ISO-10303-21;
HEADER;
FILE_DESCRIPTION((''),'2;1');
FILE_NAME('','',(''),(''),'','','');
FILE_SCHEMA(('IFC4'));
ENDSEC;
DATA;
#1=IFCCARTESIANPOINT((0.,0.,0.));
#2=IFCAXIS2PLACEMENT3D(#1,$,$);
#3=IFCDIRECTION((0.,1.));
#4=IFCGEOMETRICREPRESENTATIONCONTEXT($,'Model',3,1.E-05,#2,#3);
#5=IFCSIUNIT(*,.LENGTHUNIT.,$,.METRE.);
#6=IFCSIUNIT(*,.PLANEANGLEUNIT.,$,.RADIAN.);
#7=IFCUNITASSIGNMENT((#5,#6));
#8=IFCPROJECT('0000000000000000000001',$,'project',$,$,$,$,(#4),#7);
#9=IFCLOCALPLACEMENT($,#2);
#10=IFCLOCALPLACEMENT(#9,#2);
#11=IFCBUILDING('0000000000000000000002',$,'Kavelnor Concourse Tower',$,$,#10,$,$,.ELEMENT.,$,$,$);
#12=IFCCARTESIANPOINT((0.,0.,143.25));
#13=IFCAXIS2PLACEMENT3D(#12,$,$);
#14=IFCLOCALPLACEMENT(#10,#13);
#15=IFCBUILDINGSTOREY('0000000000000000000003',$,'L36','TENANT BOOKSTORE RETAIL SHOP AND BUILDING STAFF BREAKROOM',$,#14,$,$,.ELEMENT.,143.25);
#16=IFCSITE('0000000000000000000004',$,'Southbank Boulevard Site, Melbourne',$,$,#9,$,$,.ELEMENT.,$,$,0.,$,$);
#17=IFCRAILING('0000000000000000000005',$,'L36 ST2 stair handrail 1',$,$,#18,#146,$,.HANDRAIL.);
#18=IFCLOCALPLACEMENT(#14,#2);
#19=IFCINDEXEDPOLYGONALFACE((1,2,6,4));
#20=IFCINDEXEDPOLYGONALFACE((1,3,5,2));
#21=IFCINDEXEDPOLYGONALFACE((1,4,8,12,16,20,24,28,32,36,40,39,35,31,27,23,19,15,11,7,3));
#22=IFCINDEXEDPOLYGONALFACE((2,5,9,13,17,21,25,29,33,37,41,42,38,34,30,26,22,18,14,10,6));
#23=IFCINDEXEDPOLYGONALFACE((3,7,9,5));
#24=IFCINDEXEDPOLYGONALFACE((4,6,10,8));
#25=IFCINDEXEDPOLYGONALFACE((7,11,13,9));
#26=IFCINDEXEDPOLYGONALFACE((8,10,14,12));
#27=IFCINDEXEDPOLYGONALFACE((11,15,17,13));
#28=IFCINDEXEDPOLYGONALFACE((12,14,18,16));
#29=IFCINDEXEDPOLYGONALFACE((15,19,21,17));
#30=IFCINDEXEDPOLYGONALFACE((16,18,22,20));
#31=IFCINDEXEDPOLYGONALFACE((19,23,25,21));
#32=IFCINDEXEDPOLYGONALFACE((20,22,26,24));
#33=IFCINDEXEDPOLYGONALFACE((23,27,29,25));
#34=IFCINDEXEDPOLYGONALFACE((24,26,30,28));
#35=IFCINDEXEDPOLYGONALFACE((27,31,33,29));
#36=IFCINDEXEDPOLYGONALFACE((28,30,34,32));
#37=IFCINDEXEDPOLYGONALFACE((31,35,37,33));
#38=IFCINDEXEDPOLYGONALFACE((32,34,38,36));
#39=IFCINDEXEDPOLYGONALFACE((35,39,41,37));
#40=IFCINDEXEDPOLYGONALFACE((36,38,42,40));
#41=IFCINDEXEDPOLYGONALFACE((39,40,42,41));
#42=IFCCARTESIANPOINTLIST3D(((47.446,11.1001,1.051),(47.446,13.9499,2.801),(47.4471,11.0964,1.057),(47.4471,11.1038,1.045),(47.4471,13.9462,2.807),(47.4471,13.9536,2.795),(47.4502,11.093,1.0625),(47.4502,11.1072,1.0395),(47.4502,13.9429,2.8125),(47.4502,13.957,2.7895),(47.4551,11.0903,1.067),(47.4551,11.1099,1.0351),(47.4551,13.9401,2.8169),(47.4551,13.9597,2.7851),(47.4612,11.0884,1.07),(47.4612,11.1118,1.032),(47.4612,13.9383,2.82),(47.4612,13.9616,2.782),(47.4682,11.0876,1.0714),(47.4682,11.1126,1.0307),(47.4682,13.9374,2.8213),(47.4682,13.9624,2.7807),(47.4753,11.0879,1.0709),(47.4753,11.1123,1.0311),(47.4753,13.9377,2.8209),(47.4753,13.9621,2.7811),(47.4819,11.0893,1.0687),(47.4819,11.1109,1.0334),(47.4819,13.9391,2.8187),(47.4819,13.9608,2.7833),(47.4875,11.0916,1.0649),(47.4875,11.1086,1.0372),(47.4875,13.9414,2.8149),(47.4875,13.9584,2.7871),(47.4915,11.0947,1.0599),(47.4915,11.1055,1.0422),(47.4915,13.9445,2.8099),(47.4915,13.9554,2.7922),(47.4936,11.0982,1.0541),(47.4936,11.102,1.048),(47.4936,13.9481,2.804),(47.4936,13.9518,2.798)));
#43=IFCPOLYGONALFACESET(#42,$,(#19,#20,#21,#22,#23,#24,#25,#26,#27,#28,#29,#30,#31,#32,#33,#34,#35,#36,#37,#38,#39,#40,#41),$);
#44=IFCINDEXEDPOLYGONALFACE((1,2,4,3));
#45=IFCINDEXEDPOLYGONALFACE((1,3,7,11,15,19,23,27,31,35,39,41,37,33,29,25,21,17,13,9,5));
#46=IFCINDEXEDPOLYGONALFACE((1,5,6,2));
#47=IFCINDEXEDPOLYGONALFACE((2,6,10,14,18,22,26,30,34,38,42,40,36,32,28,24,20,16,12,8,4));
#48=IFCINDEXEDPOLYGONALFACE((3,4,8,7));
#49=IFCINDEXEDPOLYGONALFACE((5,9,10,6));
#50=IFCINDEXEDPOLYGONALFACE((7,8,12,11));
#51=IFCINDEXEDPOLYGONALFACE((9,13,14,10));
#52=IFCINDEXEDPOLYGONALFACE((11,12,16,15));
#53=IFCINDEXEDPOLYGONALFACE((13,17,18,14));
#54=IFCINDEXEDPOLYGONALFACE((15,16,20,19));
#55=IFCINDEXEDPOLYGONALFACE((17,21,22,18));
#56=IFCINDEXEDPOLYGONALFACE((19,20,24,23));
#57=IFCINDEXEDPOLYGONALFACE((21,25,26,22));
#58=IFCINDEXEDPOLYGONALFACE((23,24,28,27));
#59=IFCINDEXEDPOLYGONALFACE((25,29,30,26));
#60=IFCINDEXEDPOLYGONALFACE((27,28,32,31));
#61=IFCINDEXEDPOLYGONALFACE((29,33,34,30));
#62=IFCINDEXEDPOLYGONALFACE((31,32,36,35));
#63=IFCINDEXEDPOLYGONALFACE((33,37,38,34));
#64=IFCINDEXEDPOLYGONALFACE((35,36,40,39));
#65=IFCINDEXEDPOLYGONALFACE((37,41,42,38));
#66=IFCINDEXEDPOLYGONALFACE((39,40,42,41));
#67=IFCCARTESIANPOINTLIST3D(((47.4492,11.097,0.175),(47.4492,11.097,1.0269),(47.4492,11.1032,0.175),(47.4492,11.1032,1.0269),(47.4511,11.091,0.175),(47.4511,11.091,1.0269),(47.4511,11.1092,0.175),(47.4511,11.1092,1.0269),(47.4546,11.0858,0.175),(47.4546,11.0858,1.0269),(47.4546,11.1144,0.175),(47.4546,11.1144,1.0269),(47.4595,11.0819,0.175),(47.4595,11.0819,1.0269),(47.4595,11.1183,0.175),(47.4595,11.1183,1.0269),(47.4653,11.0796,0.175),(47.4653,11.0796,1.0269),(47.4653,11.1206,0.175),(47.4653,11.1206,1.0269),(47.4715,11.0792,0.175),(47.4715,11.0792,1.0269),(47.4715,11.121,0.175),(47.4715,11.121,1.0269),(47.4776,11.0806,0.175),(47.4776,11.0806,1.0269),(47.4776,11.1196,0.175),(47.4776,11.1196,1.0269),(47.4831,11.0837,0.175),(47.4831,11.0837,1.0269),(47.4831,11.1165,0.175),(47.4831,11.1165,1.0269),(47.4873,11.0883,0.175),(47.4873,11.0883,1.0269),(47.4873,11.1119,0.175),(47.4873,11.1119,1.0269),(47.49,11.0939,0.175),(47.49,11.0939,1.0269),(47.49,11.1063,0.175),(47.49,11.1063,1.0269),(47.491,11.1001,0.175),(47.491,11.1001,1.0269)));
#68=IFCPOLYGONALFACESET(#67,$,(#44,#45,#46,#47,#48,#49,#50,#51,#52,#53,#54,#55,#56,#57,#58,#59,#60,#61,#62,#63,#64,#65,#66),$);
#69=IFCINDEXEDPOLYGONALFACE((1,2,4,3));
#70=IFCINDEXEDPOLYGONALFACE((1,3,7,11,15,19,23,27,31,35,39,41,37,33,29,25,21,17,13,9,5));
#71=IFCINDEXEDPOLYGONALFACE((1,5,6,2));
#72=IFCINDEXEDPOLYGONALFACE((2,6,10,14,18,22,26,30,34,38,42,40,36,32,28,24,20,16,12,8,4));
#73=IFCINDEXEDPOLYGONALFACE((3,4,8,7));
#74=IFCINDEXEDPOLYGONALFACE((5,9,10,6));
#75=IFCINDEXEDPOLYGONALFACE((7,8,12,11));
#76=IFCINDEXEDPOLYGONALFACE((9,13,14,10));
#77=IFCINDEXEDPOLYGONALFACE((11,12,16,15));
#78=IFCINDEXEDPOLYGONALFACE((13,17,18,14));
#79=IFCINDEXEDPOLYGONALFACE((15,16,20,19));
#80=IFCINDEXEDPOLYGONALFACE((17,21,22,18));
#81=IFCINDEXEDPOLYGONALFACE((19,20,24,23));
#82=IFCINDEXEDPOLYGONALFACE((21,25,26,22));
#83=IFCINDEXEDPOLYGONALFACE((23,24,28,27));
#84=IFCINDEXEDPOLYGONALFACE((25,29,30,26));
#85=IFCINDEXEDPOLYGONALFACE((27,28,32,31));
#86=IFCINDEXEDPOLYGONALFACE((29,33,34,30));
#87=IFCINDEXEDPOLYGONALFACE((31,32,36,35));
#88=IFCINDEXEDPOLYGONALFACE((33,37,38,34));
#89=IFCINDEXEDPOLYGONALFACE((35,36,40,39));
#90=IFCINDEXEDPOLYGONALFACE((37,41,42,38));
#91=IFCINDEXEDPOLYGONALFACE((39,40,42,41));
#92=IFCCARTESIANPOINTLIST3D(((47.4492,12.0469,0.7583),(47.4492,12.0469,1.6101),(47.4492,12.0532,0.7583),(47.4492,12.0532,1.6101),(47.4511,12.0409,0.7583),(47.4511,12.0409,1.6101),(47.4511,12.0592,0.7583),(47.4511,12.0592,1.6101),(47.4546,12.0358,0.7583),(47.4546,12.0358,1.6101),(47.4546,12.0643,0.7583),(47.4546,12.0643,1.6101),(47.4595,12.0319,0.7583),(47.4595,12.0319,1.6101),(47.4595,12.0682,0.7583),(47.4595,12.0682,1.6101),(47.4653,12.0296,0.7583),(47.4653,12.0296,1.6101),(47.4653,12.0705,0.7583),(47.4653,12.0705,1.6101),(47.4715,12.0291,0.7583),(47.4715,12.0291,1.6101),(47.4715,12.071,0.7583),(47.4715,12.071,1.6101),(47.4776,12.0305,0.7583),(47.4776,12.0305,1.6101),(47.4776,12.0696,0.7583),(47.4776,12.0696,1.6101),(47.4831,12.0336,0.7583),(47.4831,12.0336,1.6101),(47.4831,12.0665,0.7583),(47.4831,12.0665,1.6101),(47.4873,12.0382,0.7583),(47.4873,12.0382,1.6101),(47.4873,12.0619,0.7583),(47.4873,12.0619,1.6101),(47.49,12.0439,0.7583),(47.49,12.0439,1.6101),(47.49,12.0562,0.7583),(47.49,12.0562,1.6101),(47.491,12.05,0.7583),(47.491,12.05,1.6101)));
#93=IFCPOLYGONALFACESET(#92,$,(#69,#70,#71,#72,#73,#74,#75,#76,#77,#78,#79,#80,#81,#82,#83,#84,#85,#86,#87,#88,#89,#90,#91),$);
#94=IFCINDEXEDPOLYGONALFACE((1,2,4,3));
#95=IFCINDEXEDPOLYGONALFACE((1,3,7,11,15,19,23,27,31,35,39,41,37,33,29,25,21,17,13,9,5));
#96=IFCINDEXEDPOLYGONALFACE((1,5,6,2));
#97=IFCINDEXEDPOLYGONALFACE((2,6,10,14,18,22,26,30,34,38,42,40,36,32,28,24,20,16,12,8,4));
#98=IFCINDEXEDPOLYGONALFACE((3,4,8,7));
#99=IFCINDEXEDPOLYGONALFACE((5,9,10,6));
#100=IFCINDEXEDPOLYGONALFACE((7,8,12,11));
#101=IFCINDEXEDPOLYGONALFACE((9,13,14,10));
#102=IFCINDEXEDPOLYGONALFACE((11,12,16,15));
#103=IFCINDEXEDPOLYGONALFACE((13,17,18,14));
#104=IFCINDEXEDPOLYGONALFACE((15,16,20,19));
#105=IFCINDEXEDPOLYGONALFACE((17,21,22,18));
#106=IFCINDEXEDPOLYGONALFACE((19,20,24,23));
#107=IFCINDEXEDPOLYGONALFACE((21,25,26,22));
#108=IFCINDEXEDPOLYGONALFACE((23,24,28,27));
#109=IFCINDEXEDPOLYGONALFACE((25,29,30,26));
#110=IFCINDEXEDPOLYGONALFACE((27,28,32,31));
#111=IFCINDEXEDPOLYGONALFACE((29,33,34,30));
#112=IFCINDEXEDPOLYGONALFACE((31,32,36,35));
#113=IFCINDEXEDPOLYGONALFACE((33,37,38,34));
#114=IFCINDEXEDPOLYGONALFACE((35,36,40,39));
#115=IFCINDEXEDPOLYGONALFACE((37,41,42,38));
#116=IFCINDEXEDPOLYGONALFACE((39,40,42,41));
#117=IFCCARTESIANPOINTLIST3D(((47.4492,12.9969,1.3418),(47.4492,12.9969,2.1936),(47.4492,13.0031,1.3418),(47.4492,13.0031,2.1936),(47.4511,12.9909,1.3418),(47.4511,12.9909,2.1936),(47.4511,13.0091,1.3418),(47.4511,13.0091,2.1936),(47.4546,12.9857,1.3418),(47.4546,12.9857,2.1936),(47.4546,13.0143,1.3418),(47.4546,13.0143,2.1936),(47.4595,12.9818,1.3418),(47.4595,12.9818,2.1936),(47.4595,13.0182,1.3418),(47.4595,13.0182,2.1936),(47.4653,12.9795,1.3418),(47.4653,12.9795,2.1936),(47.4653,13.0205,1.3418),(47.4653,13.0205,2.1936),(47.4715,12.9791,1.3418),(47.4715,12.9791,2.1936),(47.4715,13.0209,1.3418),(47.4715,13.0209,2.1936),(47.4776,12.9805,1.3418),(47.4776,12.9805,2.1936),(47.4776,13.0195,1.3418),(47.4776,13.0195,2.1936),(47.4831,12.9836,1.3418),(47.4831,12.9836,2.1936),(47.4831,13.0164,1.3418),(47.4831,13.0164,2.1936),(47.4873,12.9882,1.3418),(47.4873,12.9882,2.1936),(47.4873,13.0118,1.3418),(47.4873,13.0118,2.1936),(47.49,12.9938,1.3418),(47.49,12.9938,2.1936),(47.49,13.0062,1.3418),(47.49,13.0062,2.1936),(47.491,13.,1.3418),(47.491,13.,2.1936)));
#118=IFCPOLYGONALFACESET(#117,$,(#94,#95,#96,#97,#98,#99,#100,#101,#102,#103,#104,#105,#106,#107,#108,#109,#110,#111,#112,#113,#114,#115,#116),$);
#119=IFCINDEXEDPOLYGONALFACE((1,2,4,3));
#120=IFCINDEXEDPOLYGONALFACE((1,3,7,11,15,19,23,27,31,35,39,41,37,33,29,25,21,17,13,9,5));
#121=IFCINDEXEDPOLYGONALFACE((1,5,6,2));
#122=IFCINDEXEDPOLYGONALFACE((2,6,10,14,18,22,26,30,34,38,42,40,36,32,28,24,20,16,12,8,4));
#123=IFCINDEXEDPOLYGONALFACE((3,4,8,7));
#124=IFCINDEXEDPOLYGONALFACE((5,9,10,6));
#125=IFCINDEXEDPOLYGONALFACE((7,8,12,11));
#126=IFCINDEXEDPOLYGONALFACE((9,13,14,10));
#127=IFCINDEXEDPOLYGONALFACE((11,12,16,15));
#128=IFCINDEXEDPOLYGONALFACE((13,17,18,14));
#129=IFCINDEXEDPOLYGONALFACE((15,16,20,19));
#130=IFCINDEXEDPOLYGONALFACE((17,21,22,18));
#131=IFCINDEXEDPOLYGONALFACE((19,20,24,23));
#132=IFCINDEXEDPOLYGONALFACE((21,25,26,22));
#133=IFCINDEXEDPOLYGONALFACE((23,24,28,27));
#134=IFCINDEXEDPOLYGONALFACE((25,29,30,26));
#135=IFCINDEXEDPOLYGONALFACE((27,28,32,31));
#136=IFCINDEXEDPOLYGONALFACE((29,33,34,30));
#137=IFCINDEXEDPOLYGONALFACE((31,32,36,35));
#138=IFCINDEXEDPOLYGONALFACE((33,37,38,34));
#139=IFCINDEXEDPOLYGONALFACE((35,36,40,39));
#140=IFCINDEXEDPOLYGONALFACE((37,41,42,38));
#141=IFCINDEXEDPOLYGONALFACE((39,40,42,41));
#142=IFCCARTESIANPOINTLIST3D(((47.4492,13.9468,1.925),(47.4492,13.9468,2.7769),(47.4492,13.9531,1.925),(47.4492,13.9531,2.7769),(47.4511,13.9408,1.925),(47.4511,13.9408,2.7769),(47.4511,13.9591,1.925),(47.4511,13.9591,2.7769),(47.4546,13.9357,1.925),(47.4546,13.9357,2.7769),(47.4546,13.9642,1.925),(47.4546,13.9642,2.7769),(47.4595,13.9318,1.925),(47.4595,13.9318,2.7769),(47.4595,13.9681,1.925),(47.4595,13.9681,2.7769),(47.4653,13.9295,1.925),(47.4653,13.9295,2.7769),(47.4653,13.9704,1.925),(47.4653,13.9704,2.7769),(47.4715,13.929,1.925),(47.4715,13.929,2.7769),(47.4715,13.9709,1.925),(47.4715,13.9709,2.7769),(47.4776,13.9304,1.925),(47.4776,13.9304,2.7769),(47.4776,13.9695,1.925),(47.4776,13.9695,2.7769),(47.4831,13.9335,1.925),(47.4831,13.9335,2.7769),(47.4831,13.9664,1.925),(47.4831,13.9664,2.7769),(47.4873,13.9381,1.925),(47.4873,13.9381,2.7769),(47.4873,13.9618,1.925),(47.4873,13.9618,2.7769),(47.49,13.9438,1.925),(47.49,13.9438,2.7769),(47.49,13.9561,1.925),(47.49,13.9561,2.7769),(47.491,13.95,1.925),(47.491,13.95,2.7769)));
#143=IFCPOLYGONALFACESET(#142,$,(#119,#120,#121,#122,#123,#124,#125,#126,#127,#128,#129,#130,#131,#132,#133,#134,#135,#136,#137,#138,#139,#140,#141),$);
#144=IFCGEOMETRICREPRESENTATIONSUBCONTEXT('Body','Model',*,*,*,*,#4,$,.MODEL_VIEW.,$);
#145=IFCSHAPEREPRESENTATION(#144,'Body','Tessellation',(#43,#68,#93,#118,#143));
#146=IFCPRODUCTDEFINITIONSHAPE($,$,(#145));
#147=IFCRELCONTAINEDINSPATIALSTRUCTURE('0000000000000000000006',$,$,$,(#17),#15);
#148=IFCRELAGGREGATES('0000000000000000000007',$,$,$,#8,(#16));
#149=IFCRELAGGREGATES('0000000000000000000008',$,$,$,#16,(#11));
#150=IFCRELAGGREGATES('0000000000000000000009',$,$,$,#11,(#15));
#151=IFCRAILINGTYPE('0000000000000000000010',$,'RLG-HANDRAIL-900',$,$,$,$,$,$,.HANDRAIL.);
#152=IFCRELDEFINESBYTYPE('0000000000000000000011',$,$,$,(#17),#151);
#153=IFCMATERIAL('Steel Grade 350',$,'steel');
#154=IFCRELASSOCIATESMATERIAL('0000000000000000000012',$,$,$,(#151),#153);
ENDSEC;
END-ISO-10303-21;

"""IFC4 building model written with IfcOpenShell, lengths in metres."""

from ifc_helpers import new_model, si_unit, direction, frame, origin, origin_2d, place, context, subcontext, project, spatial, circle, extrude, material, type_object, element, save


model = new_model("IFC4")

# Units and contexts
model_context = context("Model", 3, precision=1e-05, world=origin(), true_north=direction((0.0, 1.0)))
body_context = subcontext(model_context, "Body", "Model", "MODEL_VIEW")
ifc_project = project(units=[si_unit("LENGTHUNIT", "METRE"), si_unit("PLANEANGLEUNIT", "RADIAN")], contexts=[model_context])

# Site, building, storey
site_placement = place(None, origin())
site = spatial("IfcSite", under=ifc_project, at=site_placement, Name="Southbank Boulevard Site, Melbourne", CompositionType="ELEMENT", RefElevation=0.0)
building_placement = place(site_placement, origin())
building = spatial("IfcBuilding", under=site, at=building_placement, Name="Kavelnor Concourse Tower", CompositionType="ELEMENT")
storey_placement = place(building_placement, frame((0.0, 0.0, 143.25)))
storey = spatial("IfcBuildingStorey", under=building, at=storey_placement, Name="L36", Description="TENANT BOOKSTORE RETAIL SHOP AND BUILDING STAFF BREAKROOM", CompositionType="ELEMENT", Elevation=143.25)

# Shared definitions
ifc_material_1 = material(Name="Steel Grade 350", Category="steel")

# Railing
railing_type_1 = type_object("IfcRailingType", Name="RLG-HANDRAIL-900", PredefinedType="HANDRAIL", material=ifc_material_1)
railing_1_placement = place(storey_placement, frame((47.47, 11.1001, 0.175)))
element("IfcRailing", 1, at=railing_1_placement, inside=storey, type_object=railing_type_1, Name="L36 ST2 stair handrail 1", PredefinedType="HANDRAIL", context=body_context, shape_type="SweptSolid", body=[
    extrude(circle(Radius=0.0239, at=origin_2d()), frame((0.0, 0.0, 0.876), z_axis=(0.0, 0.852159, 0.523283), x_axis=(-1.0, 0.0, 0.0)), (0.0, 0.0, 1.0), 3.3442),
    extrude(circle(Radius=0.021, at=origin_2d()), origin(), (0.0, 0.0, 1.0), 0.8518),
    extrude(circle(Radius=0.021, at=origin_2d()), frame((0.0, 0.95, 0.5833)), (0.0, 0.0, 1.0), 0.8518),
    extrude(circle(Radius=0.021, at=origin_2d()), frame((0.0, 1.8999, 1.1667)), (0.0, 0.0, 1.0), 0.8518),
    extrude(circle(Radius=0.021, at=origin_2d()), frame((0.0, 2.8499, 1.75)), (0.0, 0.0, 1.0), 0.8518),
])

save(model, "model.ifc")
